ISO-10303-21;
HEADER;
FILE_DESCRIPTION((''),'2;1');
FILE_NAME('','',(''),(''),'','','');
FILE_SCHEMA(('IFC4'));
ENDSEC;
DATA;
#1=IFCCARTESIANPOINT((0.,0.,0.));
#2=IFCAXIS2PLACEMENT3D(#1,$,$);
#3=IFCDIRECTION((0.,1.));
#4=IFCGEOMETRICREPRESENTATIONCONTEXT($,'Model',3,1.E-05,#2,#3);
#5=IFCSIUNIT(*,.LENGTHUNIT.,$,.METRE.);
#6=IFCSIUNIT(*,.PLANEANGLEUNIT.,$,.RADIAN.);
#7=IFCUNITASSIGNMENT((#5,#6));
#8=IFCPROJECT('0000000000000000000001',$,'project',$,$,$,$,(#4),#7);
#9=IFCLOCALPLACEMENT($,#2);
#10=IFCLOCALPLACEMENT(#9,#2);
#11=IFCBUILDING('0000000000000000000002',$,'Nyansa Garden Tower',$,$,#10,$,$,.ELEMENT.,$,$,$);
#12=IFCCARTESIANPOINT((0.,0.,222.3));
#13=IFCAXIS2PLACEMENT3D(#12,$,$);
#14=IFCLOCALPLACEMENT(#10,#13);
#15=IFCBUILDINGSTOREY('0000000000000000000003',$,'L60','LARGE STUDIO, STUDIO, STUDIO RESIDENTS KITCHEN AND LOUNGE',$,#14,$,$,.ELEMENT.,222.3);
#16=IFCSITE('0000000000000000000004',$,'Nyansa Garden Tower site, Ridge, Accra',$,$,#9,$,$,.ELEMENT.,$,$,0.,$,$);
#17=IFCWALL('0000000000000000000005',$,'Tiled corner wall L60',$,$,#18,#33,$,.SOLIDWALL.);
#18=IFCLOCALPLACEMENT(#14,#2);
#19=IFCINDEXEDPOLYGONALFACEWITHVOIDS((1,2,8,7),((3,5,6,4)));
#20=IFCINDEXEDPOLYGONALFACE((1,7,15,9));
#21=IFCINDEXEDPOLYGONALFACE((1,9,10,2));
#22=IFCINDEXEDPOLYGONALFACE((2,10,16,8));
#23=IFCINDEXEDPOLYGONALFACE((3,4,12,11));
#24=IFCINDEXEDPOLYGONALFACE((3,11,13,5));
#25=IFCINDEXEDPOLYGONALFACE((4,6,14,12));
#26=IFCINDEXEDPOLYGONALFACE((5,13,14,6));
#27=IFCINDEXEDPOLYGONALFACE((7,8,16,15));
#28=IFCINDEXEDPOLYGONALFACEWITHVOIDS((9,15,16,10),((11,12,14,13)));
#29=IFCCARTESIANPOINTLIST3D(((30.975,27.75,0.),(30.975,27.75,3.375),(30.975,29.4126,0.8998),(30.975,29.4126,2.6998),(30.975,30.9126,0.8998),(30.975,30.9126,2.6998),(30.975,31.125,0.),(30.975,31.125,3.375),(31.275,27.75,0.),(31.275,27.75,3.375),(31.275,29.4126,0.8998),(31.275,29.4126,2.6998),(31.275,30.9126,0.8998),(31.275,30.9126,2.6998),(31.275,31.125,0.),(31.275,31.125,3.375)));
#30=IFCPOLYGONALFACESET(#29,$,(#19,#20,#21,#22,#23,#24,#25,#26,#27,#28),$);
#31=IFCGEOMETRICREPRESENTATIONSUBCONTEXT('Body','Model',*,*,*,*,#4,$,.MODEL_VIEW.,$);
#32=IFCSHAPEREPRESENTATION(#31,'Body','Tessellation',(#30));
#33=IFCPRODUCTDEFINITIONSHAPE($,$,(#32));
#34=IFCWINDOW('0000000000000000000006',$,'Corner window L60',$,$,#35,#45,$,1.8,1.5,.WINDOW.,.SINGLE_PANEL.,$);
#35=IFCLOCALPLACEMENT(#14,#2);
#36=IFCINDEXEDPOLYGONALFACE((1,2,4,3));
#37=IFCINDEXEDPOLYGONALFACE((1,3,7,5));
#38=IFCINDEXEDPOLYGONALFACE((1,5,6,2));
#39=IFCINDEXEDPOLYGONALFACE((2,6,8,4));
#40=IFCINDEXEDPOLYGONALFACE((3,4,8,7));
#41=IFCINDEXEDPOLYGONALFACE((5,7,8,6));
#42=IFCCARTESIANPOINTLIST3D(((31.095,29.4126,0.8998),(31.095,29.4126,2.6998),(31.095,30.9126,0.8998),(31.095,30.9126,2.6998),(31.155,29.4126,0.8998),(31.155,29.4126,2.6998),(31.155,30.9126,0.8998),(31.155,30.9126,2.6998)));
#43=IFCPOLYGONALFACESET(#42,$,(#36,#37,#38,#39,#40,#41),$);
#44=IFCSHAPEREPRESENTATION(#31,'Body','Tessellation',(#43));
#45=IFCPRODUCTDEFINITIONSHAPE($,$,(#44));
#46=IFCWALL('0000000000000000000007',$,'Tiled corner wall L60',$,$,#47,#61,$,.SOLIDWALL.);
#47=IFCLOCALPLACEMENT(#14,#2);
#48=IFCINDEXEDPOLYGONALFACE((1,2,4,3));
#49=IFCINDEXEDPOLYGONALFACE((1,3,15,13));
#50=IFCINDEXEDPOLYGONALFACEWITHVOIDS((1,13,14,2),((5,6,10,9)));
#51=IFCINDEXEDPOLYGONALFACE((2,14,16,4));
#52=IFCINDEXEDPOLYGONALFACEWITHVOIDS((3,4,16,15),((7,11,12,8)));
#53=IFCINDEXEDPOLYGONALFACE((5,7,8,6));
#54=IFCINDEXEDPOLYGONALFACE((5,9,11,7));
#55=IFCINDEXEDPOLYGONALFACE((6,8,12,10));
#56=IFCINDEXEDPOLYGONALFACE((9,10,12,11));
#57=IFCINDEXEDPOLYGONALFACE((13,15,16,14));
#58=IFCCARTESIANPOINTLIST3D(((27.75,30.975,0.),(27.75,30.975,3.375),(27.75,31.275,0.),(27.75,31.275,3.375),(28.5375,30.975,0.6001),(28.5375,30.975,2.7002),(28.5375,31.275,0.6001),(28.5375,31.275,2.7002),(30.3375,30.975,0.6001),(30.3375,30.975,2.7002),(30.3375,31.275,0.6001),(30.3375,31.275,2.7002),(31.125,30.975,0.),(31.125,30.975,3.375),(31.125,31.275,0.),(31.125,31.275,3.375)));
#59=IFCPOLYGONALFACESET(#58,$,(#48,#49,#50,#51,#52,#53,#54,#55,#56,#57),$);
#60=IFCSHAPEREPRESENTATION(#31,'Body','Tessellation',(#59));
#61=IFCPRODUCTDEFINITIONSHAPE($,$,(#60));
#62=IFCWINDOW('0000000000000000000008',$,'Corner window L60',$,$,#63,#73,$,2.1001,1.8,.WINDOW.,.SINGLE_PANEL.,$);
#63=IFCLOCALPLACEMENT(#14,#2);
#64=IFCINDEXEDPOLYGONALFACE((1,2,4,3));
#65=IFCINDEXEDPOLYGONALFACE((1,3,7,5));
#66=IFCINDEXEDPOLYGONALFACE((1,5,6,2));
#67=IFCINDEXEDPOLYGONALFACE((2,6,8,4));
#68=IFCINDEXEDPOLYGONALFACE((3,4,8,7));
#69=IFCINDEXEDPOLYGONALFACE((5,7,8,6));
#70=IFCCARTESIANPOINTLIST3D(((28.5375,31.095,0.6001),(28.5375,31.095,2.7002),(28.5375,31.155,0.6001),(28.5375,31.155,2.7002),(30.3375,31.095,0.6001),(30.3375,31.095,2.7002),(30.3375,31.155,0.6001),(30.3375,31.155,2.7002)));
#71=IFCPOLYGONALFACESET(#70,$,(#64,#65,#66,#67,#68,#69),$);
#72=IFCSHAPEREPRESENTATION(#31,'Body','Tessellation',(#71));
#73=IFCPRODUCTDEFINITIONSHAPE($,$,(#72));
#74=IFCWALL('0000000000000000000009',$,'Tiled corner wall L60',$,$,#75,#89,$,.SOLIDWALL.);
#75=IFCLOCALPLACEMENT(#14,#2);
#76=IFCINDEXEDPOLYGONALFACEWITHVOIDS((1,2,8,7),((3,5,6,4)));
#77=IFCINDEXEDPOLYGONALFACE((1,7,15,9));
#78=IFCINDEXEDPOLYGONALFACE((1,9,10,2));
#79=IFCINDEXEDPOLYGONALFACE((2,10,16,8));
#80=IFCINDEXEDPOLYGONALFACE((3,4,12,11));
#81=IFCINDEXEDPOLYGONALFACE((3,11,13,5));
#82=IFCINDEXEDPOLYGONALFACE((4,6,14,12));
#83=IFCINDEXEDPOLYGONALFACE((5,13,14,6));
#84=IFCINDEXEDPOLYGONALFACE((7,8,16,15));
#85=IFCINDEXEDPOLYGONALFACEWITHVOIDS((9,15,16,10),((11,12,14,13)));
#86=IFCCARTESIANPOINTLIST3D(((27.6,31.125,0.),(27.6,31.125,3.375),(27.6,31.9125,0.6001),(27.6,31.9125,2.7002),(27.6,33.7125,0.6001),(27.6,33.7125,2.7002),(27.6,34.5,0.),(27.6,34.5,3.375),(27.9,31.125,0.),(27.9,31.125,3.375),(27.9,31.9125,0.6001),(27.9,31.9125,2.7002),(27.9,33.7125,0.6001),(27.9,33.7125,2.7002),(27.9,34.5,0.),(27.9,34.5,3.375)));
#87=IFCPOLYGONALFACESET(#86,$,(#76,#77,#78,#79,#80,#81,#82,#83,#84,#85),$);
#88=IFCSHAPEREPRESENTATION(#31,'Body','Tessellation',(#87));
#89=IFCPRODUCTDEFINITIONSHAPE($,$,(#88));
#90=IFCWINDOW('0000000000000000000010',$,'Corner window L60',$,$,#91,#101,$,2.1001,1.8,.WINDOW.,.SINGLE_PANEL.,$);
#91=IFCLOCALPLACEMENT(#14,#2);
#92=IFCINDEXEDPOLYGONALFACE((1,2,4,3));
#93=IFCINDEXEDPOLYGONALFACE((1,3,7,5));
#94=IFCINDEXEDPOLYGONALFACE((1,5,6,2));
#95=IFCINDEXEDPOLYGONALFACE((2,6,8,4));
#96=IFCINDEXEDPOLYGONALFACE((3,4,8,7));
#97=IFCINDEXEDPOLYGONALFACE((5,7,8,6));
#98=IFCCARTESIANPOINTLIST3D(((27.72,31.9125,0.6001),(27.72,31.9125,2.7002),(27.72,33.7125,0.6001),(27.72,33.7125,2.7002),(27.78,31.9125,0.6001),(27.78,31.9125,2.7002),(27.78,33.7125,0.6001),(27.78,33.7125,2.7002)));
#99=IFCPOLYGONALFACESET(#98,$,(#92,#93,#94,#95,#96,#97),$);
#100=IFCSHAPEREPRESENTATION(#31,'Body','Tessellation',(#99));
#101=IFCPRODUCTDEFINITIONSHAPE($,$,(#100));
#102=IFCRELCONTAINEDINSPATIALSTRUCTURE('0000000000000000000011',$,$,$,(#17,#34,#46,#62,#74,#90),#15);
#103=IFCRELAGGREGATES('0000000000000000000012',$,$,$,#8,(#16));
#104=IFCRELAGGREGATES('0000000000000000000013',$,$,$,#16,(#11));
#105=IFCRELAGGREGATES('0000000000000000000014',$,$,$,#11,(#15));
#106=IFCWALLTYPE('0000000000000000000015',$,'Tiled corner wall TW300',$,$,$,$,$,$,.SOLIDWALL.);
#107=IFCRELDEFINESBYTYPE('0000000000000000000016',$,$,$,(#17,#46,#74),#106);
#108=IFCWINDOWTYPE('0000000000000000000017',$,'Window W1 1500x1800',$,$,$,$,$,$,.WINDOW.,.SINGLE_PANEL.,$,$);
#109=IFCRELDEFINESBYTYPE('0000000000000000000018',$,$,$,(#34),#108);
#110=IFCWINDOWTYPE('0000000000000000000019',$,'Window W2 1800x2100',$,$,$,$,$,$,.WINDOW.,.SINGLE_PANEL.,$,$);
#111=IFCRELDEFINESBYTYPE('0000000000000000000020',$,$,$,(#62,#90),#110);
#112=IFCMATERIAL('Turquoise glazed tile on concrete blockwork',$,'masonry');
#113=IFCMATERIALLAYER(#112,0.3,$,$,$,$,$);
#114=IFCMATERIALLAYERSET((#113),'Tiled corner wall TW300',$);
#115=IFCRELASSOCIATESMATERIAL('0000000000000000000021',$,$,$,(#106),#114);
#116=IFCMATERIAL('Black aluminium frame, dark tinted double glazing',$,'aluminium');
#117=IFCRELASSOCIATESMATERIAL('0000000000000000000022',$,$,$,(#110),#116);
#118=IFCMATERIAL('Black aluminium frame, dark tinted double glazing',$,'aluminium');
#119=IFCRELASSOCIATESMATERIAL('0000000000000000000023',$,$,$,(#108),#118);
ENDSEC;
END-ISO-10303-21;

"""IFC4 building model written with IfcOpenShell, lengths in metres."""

from ifc_helpers import new_model, si_unit, direction, frame, frame_2d, origin, place, context, subcontext, project, spatial, rectangle, extrude, material, layer, layer_set, type_object, element, fill, save


model = new_model("IFC4")

# Units and contexts
model_context = context("Model", 3, precision=1e-05, world=origin(), true_north=direction((0.0, 1.0)))
body_context = subcontext(model_context, "Body", "Model", "MODEL_VIEW")
ifc_project = project(units=[si_unit("LENGTHUNIT", "METRE"), si_unit("PLANEANGLEUNIT", "RADIAN")], contexts=[model_context])

# Site, building, storey
site_placement = place(None, origin())
site = spatial("IfcSite", under=ifc_project, at=site_placement, Name="Nyansa Garden Tower site, Ridge, Accra", CompositionType="ELEMENT", RefElevation=0.0)
building_placement = place(site_placement, origin())
building = spatial("IfcBuilding", under=site, at=building_placement, Name="Nyansa Garden Tower", CompositionType="ELEMENT")
storey_placement = place(building_placement, frame((0.0, 0.0, 222.3)))
storey = spatial("IfcBuildingStorey", under=building, at=storey_placement, Name="L60", Description="LARGE STUDIO, STUDIO, STUDIO RESIDENTS KITCHEN AND LOUNGE", CompositionType="ELEMENT", Elevation=222.3)

# Walls, openings, windows
ifc_material_1 = material(Name="Turquoise glazed tile on concrete blockwork", Category="masonry")
ifc_layer_1 = layer(ifc_material_1, 0.3)
ifc_layer_set_1 = layer_set([ifc_layer_1], Name="Tiled corner wall TW300")
wall_type_1 = type_object("IfcWallType", Name="Tiled corner wall TW300", PredefinedType="SOLIDWALL", material=ifc_layer_set_1)
ifc_material_2 = material(Name="Black aluminium frame, dark tinted double glazing", Category="aluminium")
window_type_1 = type_object("IfcWindowType", Name="Window W2 1800x2100", PartitioningType="SINGLE_PANEL", PredefinedType="WINDOW", material=ifc_material_2)
wall_1_placement = place(storey_placement, frame((31.125, 27.75, 0.0), z_axis=(0.0, 0.0, 1.0), x_axis=(0.0, 1.0, 0.0)))
wall_1 = element("IfcWall", 1, at=wall_1_placement, inside=storey, type_object=wall_type_1, Name="Tiled corner wall L60", PredefinedType="SOLIDWALL", context=body_context, shape_type="SweptSolid", body=[
    extrude(rectangle(XDim=3.375, YDim=0.3, at=frame_2d((1.6875, 0.0))), origin(), (0.0, 0.0, 1.0), 3.375),
])
opening_1_placement = place(wall_1_placement, frame((1.6626, 0.0, 0.8999)))
opening_1 = element("IfcOpeningElement", 2, at=opening_1_placement, cuts=wall_1, PredefinedType="OPENING", context=body_context, shape_type="SweptSolid", body=[
    extrude(rectangle(XDim=1.5, YDim=1.8, at=frame_2d((0.75, 0.8999))), frame((0.0, 0.1599, 0.0), z_axis=(0.0, -1.0, 0.0), x_axis=(1.0, 0.0, 0.0)), (0.0, 0.0, 1.0), 0.3201),
])
ifc_material_3 = material(Name="Black aluminium frame, dark tinted double glazing", Category="aluminium")
window_type_2 = type_object("IfcWindowType", Name="Window W1 1500x1800", PartitioningType="SINGLE_PANEL", PredefinedType="WINDOW", material=ifc_material_3)
window_1_placement = place(opening_1_placement, origin())
window_1 = element("IfcWindow", 3, at=window_1_placement, inside=storey, type_object=window_type_2, Name="Corner window L60", OverallHeight=1.8, OverallWidth=1.5, PartitioningType="SINGLE_PANEL", PredefinedType="WINDOW", context=body_context, shape_type="SweptSolid", body=[
    extrude(rectangle(XDim=1.5, YDim=1.8, at=frame_2d((0.75, 0.8999))), frame((0.0, 0.03, 0.0), z_axis=(0.0, -1.0, 0.0), x_axis=(1.0, 0.0, 0.0)), (0.0, 0.0, 1.0), 0.0601),
])
fill(opening_1, window_1)
wall_2_placement = place(storey_placement, frame((31.125, 31.125, 0.0), z_axis=(0.0, 0.0, 1.0), x_axis=(-1.0, 0.0, 0.0)))
wall_2 = element("IfcWall", 4, at=wall_2_placement, inside=storey, type_object=wall_type_1, Name="Tiled corner wall L60", PredefinedType="SOLIDWALL", context=body_context, shape_type="SweptSolid", body=[
    extrude(rectangle(XDim=3.375, YDim=0.3, at=frame_2d((1.6875, 0.0))), origin(), (0.0, 0.0, 1.0), 3.375),
])
opening_2_placement = place(wall_2_placement, frame((0.7876, 0.0, 0.6001)))
opening_2 = element("IfcOpeningElement", 5, at=opening_2_placement, cuts=wall_2, PredefinedType="OPENING", context=body_context, shape_type="SweptSolid", body=[
    extrude(rectangle(XDim=1.8, YDim=2.1001, at=frame_2d((0.8999, 1.05))), frame((0.0, 0.1599, 0.0), z_axis=(0.0, -1.0, 0.0), x_axis=(1.0, 0.0, 0.0)), (0.0, 0.0, 1.0), 0.3201),
])
window_2_placement = place(opening_2_placement, origin())
window_2 = element("IfcWindow", 6, at=window_2_placement, inside=storey, type_object=window_type_1, Name="Corner window L60", OverallHeight=2.1001, OverallWidth=1.8, PartitioningType="SINGLE_PANEL", PredefinedType="WINDOW", context=body_context, shape_type="SweptSolid", body=[
    extrude(rectangle(XDim=1.8, YDim=2.1001, at=frame_2d((0.8999, 1.05))), frame((0.0, 0.03, 0.0), z_axis=(0.0, -1.0, 0.0), x_axis=(1.0, 0.0, 0.0)), (0.0, 0.0, 1.0), 0.0601),
])
fill(opening_2, window_2)
wall_3_placement = place(storey_placement, frame((27.75, 31.125, 0.0), z_axis=(0.0, 0.0, 1.0), x_axis=(0.0, 1.0, 0.0)))
wall_3 = element("IfcWall", 7, at=wall_3_placement, inside=storey, type_object=wall_type_1, Name="Tiled corner wall L60", PredefinedType="SOLIDWALL", context=body_context, shape_type="SweptSolid", body=[
    extrude(rectangle(XDim=3.375, YDim=0.3, at=frame_2d((1.6875, 0.0))), origin(), (0.0, 0.0, 1.0), 3.375),
])
opening_3_placement = place(wall_3_placement, frame((0.7876, 0.0, 0.6001)))
opening_3 = element("IfcOpeningElement", 8, at=opening_3_placement, cuts=wall_3, PredefinedType="OPENING", context=body_context, shape_type="SweptSolid", body=[
    extrude(rectangle(XDim=1.8, YDim=2.1001, at=frame_2d((0.8999, 1.05))), frame((0.0, 0.1599, 0.0), z_axis=(0.0, -1.0, 0.0), x_axis=(1.0, 0.0, 0.0)), (0.0, 0.0, 1.0), 0.3201),
])
window_3_placement = place(opening_3_placement, origin())
window_3 = element("IfcWindow", 9, at=window_3_placement, inside=storey, type_object=window_type_1, Name="Corner window L60", OverallHeight=2.1001, OverallWidth=1.8, PartitioningType="SINGLE_PANEL", PredefinedType="WINDOW", context=body_context, shape_type="SweptSolid", body=[
    extrude(rectangle(XDim=1.8, YDim=2.1001, at=frame_2d((0.8999, 1.05))), frame((0.0, 0.03, 0.0), z_axis=(0.0, -1.0, 0.0), x_axis=(1.0, 0.0, 0.0)), (0.0, 0.0, 1.0), 0.0601),
])
fill(opening_3, window_3)

save(model, "model.ifc")
